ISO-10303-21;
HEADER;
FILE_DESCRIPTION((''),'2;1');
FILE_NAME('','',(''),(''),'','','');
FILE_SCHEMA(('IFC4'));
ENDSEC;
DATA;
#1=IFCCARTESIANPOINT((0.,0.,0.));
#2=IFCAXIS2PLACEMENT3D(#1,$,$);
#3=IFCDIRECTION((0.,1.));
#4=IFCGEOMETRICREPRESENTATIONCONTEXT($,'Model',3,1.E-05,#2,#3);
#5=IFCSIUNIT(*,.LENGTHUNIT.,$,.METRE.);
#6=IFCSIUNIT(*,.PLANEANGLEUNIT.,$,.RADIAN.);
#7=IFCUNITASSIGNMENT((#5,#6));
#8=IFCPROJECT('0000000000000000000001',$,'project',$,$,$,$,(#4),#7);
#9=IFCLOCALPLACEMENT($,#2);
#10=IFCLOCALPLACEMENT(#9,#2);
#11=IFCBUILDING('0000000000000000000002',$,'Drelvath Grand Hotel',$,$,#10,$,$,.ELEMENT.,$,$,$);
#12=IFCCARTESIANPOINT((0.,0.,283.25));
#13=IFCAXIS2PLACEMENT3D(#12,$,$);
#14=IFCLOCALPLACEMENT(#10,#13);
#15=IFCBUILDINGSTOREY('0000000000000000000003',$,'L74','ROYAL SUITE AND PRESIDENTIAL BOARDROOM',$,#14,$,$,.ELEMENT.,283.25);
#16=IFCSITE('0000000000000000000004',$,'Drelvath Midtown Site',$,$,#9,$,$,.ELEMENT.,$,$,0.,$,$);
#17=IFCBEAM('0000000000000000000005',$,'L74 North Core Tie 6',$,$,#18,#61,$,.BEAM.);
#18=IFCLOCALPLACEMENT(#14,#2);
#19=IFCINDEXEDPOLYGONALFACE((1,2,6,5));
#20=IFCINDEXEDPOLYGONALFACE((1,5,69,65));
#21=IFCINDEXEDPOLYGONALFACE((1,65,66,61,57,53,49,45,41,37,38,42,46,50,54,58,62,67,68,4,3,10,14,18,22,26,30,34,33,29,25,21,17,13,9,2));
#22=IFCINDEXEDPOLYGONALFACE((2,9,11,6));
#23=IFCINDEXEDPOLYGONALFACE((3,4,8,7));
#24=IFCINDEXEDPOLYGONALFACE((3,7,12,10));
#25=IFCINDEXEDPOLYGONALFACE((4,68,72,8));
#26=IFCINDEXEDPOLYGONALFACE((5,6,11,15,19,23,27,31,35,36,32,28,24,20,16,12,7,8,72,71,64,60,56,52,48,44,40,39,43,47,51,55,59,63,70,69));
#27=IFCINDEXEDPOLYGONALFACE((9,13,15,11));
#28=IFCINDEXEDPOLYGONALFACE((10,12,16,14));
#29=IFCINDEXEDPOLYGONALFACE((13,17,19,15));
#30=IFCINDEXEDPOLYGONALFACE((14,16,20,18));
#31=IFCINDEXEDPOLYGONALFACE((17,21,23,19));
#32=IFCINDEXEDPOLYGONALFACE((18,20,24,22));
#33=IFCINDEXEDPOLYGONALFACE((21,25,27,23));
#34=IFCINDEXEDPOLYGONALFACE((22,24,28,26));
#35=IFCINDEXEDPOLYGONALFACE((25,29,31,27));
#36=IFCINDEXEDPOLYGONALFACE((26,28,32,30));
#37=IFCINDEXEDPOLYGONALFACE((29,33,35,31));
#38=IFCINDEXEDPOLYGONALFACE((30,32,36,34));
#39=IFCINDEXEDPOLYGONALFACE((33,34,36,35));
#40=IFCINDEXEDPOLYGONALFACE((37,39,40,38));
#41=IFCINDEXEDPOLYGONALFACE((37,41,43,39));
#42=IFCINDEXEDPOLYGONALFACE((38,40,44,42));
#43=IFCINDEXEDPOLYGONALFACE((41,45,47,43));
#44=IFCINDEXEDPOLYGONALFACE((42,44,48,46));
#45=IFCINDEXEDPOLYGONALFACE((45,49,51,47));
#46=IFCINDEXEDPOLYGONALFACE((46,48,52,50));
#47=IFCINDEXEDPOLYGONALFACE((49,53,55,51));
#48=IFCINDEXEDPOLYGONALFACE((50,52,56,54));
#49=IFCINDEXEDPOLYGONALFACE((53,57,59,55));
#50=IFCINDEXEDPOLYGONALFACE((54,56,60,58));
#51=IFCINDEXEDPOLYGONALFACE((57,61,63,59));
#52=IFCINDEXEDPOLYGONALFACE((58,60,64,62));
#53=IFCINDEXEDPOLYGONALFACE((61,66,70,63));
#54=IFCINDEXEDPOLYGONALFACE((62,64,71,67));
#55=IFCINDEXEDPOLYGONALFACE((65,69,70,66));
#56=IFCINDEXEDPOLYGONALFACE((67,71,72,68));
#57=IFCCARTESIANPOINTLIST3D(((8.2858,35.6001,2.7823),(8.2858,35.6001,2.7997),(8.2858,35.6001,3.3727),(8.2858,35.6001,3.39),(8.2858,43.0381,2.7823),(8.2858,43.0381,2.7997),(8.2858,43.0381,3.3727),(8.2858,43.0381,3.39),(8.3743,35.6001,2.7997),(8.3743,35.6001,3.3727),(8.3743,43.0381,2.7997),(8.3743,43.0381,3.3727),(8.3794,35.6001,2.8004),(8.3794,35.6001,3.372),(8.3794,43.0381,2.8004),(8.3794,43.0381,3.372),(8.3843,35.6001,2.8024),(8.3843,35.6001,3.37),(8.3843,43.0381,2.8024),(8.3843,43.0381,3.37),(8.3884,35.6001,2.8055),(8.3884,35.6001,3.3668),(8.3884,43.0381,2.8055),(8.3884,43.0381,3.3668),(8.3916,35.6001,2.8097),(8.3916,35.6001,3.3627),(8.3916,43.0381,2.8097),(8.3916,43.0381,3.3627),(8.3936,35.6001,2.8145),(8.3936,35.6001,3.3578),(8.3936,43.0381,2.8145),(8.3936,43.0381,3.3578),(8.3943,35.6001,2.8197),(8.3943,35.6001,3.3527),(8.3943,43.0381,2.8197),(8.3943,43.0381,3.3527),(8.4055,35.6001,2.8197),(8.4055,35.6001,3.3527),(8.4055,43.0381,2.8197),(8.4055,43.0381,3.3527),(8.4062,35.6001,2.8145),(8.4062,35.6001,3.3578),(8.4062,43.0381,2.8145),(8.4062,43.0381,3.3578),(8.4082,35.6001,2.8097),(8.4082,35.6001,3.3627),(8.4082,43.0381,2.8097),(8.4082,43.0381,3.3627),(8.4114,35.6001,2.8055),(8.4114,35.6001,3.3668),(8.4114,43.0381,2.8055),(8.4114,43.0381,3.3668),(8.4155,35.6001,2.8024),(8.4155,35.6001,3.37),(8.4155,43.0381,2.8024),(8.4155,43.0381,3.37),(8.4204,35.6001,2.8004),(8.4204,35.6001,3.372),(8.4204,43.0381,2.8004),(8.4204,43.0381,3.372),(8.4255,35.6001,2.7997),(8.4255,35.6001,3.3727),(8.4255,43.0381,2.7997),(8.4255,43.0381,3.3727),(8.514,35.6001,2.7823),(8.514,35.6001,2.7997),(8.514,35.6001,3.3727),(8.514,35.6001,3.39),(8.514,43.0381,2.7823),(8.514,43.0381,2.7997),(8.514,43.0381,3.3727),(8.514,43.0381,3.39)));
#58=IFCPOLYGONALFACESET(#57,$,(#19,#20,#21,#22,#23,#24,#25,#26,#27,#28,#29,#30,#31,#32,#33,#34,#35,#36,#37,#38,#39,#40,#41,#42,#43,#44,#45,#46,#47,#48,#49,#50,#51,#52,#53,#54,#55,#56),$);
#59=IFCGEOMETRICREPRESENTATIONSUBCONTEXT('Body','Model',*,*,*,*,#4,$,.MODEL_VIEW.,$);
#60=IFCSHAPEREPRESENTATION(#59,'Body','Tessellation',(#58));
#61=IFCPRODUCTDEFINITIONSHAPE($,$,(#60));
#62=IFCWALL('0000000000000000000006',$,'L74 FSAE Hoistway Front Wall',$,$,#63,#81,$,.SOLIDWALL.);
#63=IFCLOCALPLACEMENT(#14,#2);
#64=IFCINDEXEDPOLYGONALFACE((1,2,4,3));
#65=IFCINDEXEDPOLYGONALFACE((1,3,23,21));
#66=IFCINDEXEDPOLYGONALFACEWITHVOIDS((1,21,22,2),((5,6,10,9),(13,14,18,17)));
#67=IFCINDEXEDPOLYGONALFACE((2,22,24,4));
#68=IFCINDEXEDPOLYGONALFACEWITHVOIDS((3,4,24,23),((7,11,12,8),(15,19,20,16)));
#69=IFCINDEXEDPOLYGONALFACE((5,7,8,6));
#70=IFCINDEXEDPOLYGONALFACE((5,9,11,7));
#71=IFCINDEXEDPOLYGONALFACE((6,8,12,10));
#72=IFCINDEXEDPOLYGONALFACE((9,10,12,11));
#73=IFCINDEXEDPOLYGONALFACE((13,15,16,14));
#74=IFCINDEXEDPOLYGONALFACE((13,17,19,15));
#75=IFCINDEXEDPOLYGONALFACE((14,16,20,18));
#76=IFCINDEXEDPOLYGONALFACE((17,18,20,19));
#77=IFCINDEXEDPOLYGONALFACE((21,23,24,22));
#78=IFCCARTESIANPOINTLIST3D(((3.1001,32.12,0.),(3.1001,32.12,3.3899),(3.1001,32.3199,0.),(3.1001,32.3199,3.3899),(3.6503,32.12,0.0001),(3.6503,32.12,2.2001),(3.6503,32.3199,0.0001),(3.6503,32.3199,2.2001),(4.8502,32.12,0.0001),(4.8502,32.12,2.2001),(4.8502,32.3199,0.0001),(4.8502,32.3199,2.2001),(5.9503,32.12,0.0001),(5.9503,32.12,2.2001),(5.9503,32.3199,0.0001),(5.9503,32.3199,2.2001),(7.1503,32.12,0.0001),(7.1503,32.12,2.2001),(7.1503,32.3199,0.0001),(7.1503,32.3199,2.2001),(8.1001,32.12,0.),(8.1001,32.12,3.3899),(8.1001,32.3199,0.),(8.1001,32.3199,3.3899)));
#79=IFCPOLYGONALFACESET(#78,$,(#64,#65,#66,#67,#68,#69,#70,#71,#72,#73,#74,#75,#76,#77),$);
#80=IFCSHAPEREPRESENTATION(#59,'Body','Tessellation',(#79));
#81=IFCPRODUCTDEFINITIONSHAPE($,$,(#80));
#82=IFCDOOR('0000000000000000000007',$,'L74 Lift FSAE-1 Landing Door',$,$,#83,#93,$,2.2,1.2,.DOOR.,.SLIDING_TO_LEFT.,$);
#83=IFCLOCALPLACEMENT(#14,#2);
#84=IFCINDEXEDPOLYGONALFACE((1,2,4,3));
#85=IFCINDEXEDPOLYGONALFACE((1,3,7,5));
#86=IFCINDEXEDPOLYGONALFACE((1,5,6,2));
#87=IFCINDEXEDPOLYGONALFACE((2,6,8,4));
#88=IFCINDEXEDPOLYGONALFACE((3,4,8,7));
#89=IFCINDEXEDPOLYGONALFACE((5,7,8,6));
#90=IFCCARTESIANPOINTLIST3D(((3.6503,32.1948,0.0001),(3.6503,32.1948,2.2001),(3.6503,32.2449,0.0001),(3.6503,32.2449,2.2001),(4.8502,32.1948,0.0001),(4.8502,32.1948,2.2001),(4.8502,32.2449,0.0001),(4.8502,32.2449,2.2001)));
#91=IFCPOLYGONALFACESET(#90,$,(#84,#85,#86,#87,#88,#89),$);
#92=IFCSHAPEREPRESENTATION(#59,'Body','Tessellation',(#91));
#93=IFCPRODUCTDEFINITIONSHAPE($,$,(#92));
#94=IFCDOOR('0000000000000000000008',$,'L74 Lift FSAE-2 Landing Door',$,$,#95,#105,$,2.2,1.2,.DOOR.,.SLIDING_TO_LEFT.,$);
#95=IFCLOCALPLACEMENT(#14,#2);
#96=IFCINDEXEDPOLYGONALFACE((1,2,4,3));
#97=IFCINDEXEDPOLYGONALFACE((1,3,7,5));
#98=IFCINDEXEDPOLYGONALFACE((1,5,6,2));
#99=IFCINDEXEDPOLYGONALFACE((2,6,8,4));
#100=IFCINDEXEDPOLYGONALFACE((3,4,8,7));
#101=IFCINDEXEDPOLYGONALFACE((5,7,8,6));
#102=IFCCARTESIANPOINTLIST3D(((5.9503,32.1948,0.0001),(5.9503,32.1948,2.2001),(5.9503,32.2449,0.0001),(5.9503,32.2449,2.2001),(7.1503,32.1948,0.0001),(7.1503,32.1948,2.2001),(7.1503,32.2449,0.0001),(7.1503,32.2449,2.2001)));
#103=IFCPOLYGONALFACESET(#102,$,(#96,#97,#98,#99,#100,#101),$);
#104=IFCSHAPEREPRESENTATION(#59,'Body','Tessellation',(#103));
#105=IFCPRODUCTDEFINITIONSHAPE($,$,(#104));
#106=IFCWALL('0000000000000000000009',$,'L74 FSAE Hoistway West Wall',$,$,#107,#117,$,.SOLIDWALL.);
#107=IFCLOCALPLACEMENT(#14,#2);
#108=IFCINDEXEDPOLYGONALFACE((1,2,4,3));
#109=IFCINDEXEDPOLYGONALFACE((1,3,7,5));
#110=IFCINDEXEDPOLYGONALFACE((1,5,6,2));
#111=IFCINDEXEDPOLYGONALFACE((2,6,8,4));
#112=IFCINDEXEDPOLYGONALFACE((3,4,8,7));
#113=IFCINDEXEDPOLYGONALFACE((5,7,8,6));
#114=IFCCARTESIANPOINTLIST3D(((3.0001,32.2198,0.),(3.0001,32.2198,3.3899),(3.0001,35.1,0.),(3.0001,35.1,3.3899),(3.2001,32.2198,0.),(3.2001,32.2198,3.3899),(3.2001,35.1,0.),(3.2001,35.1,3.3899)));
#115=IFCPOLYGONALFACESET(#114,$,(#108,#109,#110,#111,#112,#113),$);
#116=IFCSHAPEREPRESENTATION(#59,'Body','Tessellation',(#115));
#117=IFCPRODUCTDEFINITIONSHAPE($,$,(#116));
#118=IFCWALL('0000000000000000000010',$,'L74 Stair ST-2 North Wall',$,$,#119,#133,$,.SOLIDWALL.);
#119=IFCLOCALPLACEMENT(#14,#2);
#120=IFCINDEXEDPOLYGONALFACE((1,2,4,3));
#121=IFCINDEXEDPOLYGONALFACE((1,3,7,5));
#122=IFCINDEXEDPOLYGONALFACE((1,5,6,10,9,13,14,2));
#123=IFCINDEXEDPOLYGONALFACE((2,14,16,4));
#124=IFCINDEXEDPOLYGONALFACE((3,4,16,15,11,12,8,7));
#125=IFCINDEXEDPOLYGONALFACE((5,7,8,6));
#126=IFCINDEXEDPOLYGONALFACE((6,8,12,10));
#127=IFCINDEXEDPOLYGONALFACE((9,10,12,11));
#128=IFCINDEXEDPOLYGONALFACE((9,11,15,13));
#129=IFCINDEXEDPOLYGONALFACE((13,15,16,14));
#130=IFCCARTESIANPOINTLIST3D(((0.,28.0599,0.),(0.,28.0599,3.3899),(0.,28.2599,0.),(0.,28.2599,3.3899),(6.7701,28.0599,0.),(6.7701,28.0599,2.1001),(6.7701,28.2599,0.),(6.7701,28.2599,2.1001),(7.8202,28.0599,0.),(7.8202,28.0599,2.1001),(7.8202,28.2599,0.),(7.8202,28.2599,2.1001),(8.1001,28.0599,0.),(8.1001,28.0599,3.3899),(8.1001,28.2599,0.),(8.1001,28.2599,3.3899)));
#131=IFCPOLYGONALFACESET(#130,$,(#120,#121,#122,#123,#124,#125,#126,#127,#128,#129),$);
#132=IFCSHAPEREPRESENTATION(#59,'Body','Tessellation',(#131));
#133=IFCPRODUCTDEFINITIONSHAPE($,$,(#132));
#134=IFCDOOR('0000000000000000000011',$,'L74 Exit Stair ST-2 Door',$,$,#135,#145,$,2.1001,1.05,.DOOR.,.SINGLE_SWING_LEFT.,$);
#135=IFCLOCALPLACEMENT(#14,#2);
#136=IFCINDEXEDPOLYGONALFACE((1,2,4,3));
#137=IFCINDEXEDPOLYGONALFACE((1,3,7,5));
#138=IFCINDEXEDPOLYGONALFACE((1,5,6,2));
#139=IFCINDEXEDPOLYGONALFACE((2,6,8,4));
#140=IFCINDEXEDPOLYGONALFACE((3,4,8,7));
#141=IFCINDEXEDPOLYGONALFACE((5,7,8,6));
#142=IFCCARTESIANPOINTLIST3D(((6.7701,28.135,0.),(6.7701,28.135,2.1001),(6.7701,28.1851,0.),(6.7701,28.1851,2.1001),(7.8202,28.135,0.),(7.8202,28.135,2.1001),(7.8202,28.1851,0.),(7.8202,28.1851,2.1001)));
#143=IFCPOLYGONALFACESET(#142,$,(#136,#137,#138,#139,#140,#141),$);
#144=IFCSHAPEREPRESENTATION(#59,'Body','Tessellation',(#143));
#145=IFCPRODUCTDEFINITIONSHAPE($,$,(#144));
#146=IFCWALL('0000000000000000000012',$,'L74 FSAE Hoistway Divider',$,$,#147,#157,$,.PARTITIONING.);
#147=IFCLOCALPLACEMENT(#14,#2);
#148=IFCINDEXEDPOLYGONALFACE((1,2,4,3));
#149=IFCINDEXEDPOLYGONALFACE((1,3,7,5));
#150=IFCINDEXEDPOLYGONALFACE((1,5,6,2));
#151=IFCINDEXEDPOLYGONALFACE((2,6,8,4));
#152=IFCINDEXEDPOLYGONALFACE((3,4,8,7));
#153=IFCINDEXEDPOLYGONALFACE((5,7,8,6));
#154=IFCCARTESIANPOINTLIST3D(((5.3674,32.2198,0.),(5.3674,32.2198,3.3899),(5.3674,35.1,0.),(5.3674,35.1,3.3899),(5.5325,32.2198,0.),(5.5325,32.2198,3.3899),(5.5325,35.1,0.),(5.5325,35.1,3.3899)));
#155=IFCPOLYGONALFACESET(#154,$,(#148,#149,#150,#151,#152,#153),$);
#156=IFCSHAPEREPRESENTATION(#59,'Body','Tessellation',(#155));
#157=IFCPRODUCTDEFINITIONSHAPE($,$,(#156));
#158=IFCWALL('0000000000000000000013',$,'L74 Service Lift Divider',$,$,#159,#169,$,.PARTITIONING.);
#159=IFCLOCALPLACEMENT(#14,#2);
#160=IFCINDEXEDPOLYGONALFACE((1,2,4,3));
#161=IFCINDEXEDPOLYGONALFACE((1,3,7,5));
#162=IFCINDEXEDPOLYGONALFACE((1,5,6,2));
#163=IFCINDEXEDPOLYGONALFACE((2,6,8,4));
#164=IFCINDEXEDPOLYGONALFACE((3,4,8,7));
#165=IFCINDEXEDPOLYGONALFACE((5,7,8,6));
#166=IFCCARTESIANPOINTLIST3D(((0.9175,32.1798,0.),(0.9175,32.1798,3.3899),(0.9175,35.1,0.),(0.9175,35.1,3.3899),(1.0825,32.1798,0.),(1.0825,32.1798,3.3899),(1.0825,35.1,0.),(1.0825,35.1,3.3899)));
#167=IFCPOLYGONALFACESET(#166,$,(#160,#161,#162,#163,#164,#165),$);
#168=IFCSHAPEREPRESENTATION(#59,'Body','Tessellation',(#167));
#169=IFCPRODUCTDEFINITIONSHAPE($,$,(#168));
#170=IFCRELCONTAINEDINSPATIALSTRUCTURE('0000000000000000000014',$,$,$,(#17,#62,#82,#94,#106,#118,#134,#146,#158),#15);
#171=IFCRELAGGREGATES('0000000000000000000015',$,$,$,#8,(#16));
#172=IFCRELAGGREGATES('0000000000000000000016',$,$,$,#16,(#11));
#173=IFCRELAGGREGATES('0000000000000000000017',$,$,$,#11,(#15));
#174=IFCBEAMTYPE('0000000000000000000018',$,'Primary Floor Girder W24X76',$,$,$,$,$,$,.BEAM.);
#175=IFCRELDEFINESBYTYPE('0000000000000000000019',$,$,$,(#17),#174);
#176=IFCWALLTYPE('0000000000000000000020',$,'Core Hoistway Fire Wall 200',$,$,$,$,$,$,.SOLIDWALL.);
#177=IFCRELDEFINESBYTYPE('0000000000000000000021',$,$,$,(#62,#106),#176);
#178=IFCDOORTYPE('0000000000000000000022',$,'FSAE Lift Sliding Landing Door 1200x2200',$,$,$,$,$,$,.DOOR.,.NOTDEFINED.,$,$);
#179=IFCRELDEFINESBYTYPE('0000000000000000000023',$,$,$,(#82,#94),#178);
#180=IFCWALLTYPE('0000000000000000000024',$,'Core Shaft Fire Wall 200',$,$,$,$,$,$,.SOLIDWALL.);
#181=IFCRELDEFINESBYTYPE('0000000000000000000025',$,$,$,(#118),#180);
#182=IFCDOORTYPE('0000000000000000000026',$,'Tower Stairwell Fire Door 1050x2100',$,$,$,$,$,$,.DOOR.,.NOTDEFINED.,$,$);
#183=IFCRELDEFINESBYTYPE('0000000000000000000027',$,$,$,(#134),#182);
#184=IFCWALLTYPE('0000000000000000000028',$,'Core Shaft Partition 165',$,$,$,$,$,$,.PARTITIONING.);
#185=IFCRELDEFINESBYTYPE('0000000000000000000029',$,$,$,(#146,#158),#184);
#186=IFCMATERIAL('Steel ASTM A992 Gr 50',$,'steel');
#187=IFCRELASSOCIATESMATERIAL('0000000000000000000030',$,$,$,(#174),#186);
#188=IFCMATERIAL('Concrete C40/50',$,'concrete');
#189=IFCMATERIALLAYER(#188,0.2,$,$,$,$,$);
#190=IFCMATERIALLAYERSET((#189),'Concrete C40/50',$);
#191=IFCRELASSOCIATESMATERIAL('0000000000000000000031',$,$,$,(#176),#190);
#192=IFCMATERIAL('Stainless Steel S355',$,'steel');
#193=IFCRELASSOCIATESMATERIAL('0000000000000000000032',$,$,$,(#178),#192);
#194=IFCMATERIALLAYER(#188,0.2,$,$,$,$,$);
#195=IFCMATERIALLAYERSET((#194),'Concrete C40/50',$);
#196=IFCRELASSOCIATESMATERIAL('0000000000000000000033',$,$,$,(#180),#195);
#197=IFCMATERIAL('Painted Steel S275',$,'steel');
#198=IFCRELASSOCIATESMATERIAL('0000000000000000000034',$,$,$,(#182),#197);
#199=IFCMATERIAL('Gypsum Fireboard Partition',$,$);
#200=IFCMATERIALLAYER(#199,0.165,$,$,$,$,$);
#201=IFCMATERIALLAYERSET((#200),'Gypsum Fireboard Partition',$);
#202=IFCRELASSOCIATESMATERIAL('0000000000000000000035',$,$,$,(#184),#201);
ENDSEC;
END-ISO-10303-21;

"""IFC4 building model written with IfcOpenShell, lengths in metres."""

from ifc_helpers import new_model, si_unit, direction, frame, frame_2d, origin, origin_2d, place, context, subcontext, project, spatial, rectangle, i_section, extrude, material, layer, layer_set, material_profile, profile_set, type_object, element, fill, save


model = new_model("IFC4")

# Units and contexts
model_context = context("Model", 3, precision=1e-05, world=origin(), true_north=direction((0.0, 1.0)))
body_context = subcontext(model_context, "Body", "Model", "MODEL_VIEW")
ifc_project = project(units=[si_unit("LENGTHUNIT", "METRE"), si_unit("PLANEANGLEUNIT", "RADIAN")], contexts=[model_context])

# Site, building, storey
site_placement = place(None, origin())
site = spatial("IfcSite", under=ifc_project, at=site_placement, Name="Drelvath Midtown Site", CompositionType="ELEMENT", RefElevation=0.0)
building_placement = place(site_placement, origin())
building = spatial("IfcBuilding", under=site, at=building_placement, Name="Drelvath Grand Hotel", CompositionType="ELEMENT")
storey_placement = place(building_placement, frame((0.0, 0.0, 283.25)))
storey = spatial("IfcBuildingStorey", under=building, at=storey_placement, Name="L74", Description="ROYAL SUITE AND PRESIDENTIAL BOARDROOM", CompositionType="ELEMENT", Elevation=283.25)

# Beam
ifc_material_1 = material(Name="Steel ASTM A992 Gr 50", Category="steel")
ifc_material_profile_1 = material_profile(ifc_material_1, i_section(OverallWidth=0.2283, OverallDepth=0.6077, WebThickness=0.0112, FlangeThickness=0.0173, FilletRadius=0.02, at=origin_2d()), Name="W24X76")
ifc_profile_set_1 = profile_set([ifc_material_profile_1], Name="Steel ASTM A992 Gr 50")
beam_type_1 = type_object("IfcBeamType", Name="Primary Floor Girder W24X76", PredefinedType="BEAM", material=ifc_profile_set_1)
for number, where, z_axis, x_axis, name in (
    (1, (8.3999, 35.6001, 3.0862), (0.0, 1.0, 0.0), (-1.0, 0.0, 0.0), "L74 North Core Tie 6"),
):
    element("IfcBeam", number, at=place(storey_placement, frame(where, z_axis=z_axis, x_axis=x_axis)), inside=storey, type_object=beam_type_1, Name=name, PredefinedType="BEAM", context=body_context, shape_type="SweptSolid", body=[
        extrude(i_section(OverallWidth=0.2283, OverallDepth=0.6077, WebThickness=0.0112, FlangeThickness=0.0173, FilletRadius=0.02, at=origin_2d()), origin(), (0.0, 0.0, 1.0), 7.438),
    ])

# Wall, openings, doors
ifc_material_2 = material(Name="Concrete C40/50", Category="concrete")
ifc_layer_1 = layer(ifc_material_2, 0.2)
ifc_layer_set_1 = layer_set([ifc_layer_1], Name="Concrete C40/50")
wall_type_1 = type_object("IfcWallType", Name="Core Hoistway Fire Wall 200", PredefinedType="SOLIDWALL", material=ifc_layer_set_1)
wall_1_placement = place(storey_placement, frame((3.1001, 32.22, 0.0), z_axis=(0.0, 0.0, 1.0), x_axis=(1.0, 0.0, 0.0)))
wall_1 = element("IfcWall", 2, at=wall_1_placement, inside=storey, type_object=wall_type_1, Name="L74 FSAE Hoistway Front Wall", PredefinedType="SOLIDWALL", context=body_context, shape_type="SweptSolid", body=[
    extrude(rectangle(XDim=5.0, YDim=0.2, at=frame_2d((2.5, 0.0))), origin(), (0.0, 0.0, 1.0), 3.3899),
])
opening_1_placement = place(wall_1_placement, frame((0.55, 0.0, 0.0)))
opening_1 = element("IfcOpeningElement", 3, at=opening_1_placement, cuts=wall_1, PredefinedType="OPENING", context=body_context, shape_type="SweptSolid", body=[
    extrude(rectangle(XDim=1.2, YDim=2.2, at=frame_2d((0.6001, 1.1001))), frame((0.0, 0.1099, 0.0), z_axis=(0.0, -1.0, 0.0), x_axis=(1.0, 0.0, 0.0)), (0.0, 0.0, 1.0), 0.22),
])
opening_2_placement = place(wall_1_placement, frame((2.8501, 0.0, 0.0)))
opening_2 = element("IfcOpeningElement", 4, at=opening_2_placement, cuts=wall_1, PredefinedType="OPENING", context=body_context, shape_type="SweptSolid", body=[
    extrude(rectangle(XDim=1.2, YDim=2.2, at=frame_2d((0.6001, 1.1001))), frame((0.0, 0.1099, 0.0), z_axis=(0.0, -1.0, 0.0), x_axis=(1.0, 0.0, 0.0)), (0.0, 0.0, 1.0), 0.22),
])
ifc_material_3 = material(Name="Stainless Steel S355", Category="steel")
door_type_1 = type_object("IfcDoorType", Name="FSAE Lift Sliding Landing Door 1200x2200", OperationType="NOTDEFINED", PredefinedType="DOOR", material=ifc_material_3)
door_1_placement = place(opening_1_placement, origin())
door_1 = element("IfcDoor", 5, at=door_1_placement, inside=storey, type_object=door_type_1, Name="L74 Lift FSAE-1 Landing Door", OperationType="SLIDING_TO_LEFT", OverallHeight=2.2, OverallWidth=1.2, PredefinedType="DOOR", context=body_context, shape_type="SweptSolid", body=[
    extrude(rectangle(XDim=1.2, YDim=2.2, at=frame_2d((0.6001, 1.1001))), frame((0.0, 0.0249, 0.0), z_axis=(0.0, -1.0, 0.0), x_axis=(1.0, 0.0, 0.0)), (0.0, 0.0, 1.0), 0.05),
])
fill(opening_1, door_1)
door_2_placement = place(opening_2_placement, origin())
door_2 = element("IfcDoor", 6, at=door_2_placement, inside=storey, type_object=door_type_1, Name="L74 Lift FSAE-2 Landing Door", OperationType="SLIDING_TO_LEFT", OverallHeight=2.2, OverallWidth=1.2, PredefinedType="DOOR", context=body_context, shape_type="SweptSolid", body=[
    extrude(rectangle(XDim=1.2, YDim=2.2, at=frame_2d((0.6001, 1.1001))), frame((0.0, 0.0249, 0.0), z_axis=(0.0, -1.0, 0.0), x_axis=(1.0, 0.0, 0.0)), (0.0, 0.0, 1.0), 0.05),
])
fill(opening_2, door_2)

# Wall
wall_2_placement = place(storey_placement, frame((3.1001, 32.22, 0.0), z_axis=(0.0, 0.0, 1.0), x_axis=(0.0, 1.0, 0.0)))
element("IfcWall", 7, at=wall_2_placement, inside=storey, type_object=wall_type_1, Name="L74 FSAE Hoistway West Wall", PredefinedType="SOLIDWALL", context=body_context, shape_type="SweptSolid", body=[
    extrude(rectangle(XDim=2.8801, YDim=0.2, at=frame_2d((1.4399, 0.0))), origin(), (0.0, 0.0, 1.0), 3.3899),
])

# Wall, opening, door
ifc_layer_2 = layer(ifc_material_2, 0.2)
ifc_layer_set_2 = layer_set([ifc_layer_2], Name="Concrete C40/50")
wall_type_2 = type_object("IfcWallType", Name="Core Shaft Fire Wall 200", PredefinedType="SOLIDWALL", material=ifc_layer_set_2)
wall_3_placement = place(storey_placement, frame((8.1001, 28.1599, 0.0), z_axis=(0.0, 0.0, 1.0), x_axis=(-1.0, 0.0, 0.0)))
wall_3 = element("IfcWall", 8, at=wall_3_placement, inside=storey, type_object=wall_type_2, Name="L74 Stair ST-2 North Wall", PredefinedType="SOLIDWALL", context=body_context, shape_type="SweptSolid", body=[
    extrude(rectangle(XDim=8.1001, YDim=0.2, at=frame_2d((4.05, 0.0))), origin(), (0.0, 0.0, 1.0), 3.3899),
])
opening_3_placement = place(wall_3_placement, frame((0.28, 0.0, 0.0)))
opening_3 = element("IfcOpeningElement", 9, at=opening_3_placement, cuts=wall_3, PredefinedType="OPENING", context=body_context, shape_type="SweptSolid", body=[
    extrude(rectangle(XDim=1.05, YDim=2.1001, at=frame_2d((0.5249, 1.05))), frame((0.0, 0.1099, 0.0), z_axis=(0.0, -1.0, 0.0), x_axis=(1.0, 0.0, 0.0)), (0.0, 0.0, 1.0), 0.22),
])
ifc_material_4 = material(Name="Painted Steel S275", Category="steel")
door_type_2 = type_object("IfcDoorType", Name="Tower Stairwell Fire Door 1050x2100", OperationType="NOTDEFINED", PredefinedType="DOOR", material=ifc_material_4)
door_3_placement = place(opening_3_placement, origin())
door_3 = element("IfcDoor", 10, at=door_3_placement, inside=storey, type_object=door_type_2, Name="L74 Exit Stair ST-2 Door", OperationType="SINGLE_SWING_LEFT", OverallHeight=2.1001, OverallWidth=1.05, PredefinedType="DOOR", context=body_context, shape_type="SweptSolid", body=[
    extrude(rectangle(XDim=1.05, YDim=2.1001, at=frame_2d((0.5249, 1.05))), frame((0.0, 0.0249, 0.0), z_axis=(0.0, -1.0, 0.0), x_axis=(1.0, 0.0, 0.0)), (0.0, 0.0, 1.0), 0.05),
])
fill(opening_3, door_3)

# Walls
ifc_material_5 = material(Name="Gypsum Fireboard Partition")
ifc_layer_3 = layer(ifc_material_5, 0.165)
ifc_layer_set_3 = layer_set([ifc_layer_3], Name="Gypsum Fireboard Partition")
wall_type_3 = type_object("IfcWallType", Name="Core Shaft Partition 165", PredefinedType="PARTITIONING", material=ifc_layer_set_3)
wall_4_placement = place(storey_placement, frame((5.45, 32.22, 0.0), z_axis=(0.0, 0.0, 1.0), x_axis=(0.0, 1.0, 0.0)))
element("IfcWall", 11, at=wall_4_placement, inside=storey, type_object=wall_type_3, Name="L74 FSAE Hoistway Divider", PredefinedType="PARTITIONING", context=body_context, shape_type="SweptSolid", body=[
    extrude(rectangle(XDim=2.8801, YDim=0.165, at=frame_2d((1.4399, 0.0))), origin(), (0.0, 0.0, 1.0), 3.3899),
])
wall_5_placement = place(storey_placement, frame((1.0, 32.1799, 0.0), z_axis=(0.0, 0.0, 1.0), x_axis=(0.0, 1.0, 0.0)))
element("IfcWall", 12, at=wall_5_placement, inside=storey, type_object=wall_type_3, Name="L74 Service Lift Divider", PredefinedType="PARTITIONING", context=body_context, shape_type="SweptSolid", body=[
    extrude(rectangle(XDim=2.9202, YDim=0.165, at=frame_2d((1.46, 0.0))), origin(), (0.0, 0.0, 1.0), 3.3899),
])

save(model, "model.ifc")
